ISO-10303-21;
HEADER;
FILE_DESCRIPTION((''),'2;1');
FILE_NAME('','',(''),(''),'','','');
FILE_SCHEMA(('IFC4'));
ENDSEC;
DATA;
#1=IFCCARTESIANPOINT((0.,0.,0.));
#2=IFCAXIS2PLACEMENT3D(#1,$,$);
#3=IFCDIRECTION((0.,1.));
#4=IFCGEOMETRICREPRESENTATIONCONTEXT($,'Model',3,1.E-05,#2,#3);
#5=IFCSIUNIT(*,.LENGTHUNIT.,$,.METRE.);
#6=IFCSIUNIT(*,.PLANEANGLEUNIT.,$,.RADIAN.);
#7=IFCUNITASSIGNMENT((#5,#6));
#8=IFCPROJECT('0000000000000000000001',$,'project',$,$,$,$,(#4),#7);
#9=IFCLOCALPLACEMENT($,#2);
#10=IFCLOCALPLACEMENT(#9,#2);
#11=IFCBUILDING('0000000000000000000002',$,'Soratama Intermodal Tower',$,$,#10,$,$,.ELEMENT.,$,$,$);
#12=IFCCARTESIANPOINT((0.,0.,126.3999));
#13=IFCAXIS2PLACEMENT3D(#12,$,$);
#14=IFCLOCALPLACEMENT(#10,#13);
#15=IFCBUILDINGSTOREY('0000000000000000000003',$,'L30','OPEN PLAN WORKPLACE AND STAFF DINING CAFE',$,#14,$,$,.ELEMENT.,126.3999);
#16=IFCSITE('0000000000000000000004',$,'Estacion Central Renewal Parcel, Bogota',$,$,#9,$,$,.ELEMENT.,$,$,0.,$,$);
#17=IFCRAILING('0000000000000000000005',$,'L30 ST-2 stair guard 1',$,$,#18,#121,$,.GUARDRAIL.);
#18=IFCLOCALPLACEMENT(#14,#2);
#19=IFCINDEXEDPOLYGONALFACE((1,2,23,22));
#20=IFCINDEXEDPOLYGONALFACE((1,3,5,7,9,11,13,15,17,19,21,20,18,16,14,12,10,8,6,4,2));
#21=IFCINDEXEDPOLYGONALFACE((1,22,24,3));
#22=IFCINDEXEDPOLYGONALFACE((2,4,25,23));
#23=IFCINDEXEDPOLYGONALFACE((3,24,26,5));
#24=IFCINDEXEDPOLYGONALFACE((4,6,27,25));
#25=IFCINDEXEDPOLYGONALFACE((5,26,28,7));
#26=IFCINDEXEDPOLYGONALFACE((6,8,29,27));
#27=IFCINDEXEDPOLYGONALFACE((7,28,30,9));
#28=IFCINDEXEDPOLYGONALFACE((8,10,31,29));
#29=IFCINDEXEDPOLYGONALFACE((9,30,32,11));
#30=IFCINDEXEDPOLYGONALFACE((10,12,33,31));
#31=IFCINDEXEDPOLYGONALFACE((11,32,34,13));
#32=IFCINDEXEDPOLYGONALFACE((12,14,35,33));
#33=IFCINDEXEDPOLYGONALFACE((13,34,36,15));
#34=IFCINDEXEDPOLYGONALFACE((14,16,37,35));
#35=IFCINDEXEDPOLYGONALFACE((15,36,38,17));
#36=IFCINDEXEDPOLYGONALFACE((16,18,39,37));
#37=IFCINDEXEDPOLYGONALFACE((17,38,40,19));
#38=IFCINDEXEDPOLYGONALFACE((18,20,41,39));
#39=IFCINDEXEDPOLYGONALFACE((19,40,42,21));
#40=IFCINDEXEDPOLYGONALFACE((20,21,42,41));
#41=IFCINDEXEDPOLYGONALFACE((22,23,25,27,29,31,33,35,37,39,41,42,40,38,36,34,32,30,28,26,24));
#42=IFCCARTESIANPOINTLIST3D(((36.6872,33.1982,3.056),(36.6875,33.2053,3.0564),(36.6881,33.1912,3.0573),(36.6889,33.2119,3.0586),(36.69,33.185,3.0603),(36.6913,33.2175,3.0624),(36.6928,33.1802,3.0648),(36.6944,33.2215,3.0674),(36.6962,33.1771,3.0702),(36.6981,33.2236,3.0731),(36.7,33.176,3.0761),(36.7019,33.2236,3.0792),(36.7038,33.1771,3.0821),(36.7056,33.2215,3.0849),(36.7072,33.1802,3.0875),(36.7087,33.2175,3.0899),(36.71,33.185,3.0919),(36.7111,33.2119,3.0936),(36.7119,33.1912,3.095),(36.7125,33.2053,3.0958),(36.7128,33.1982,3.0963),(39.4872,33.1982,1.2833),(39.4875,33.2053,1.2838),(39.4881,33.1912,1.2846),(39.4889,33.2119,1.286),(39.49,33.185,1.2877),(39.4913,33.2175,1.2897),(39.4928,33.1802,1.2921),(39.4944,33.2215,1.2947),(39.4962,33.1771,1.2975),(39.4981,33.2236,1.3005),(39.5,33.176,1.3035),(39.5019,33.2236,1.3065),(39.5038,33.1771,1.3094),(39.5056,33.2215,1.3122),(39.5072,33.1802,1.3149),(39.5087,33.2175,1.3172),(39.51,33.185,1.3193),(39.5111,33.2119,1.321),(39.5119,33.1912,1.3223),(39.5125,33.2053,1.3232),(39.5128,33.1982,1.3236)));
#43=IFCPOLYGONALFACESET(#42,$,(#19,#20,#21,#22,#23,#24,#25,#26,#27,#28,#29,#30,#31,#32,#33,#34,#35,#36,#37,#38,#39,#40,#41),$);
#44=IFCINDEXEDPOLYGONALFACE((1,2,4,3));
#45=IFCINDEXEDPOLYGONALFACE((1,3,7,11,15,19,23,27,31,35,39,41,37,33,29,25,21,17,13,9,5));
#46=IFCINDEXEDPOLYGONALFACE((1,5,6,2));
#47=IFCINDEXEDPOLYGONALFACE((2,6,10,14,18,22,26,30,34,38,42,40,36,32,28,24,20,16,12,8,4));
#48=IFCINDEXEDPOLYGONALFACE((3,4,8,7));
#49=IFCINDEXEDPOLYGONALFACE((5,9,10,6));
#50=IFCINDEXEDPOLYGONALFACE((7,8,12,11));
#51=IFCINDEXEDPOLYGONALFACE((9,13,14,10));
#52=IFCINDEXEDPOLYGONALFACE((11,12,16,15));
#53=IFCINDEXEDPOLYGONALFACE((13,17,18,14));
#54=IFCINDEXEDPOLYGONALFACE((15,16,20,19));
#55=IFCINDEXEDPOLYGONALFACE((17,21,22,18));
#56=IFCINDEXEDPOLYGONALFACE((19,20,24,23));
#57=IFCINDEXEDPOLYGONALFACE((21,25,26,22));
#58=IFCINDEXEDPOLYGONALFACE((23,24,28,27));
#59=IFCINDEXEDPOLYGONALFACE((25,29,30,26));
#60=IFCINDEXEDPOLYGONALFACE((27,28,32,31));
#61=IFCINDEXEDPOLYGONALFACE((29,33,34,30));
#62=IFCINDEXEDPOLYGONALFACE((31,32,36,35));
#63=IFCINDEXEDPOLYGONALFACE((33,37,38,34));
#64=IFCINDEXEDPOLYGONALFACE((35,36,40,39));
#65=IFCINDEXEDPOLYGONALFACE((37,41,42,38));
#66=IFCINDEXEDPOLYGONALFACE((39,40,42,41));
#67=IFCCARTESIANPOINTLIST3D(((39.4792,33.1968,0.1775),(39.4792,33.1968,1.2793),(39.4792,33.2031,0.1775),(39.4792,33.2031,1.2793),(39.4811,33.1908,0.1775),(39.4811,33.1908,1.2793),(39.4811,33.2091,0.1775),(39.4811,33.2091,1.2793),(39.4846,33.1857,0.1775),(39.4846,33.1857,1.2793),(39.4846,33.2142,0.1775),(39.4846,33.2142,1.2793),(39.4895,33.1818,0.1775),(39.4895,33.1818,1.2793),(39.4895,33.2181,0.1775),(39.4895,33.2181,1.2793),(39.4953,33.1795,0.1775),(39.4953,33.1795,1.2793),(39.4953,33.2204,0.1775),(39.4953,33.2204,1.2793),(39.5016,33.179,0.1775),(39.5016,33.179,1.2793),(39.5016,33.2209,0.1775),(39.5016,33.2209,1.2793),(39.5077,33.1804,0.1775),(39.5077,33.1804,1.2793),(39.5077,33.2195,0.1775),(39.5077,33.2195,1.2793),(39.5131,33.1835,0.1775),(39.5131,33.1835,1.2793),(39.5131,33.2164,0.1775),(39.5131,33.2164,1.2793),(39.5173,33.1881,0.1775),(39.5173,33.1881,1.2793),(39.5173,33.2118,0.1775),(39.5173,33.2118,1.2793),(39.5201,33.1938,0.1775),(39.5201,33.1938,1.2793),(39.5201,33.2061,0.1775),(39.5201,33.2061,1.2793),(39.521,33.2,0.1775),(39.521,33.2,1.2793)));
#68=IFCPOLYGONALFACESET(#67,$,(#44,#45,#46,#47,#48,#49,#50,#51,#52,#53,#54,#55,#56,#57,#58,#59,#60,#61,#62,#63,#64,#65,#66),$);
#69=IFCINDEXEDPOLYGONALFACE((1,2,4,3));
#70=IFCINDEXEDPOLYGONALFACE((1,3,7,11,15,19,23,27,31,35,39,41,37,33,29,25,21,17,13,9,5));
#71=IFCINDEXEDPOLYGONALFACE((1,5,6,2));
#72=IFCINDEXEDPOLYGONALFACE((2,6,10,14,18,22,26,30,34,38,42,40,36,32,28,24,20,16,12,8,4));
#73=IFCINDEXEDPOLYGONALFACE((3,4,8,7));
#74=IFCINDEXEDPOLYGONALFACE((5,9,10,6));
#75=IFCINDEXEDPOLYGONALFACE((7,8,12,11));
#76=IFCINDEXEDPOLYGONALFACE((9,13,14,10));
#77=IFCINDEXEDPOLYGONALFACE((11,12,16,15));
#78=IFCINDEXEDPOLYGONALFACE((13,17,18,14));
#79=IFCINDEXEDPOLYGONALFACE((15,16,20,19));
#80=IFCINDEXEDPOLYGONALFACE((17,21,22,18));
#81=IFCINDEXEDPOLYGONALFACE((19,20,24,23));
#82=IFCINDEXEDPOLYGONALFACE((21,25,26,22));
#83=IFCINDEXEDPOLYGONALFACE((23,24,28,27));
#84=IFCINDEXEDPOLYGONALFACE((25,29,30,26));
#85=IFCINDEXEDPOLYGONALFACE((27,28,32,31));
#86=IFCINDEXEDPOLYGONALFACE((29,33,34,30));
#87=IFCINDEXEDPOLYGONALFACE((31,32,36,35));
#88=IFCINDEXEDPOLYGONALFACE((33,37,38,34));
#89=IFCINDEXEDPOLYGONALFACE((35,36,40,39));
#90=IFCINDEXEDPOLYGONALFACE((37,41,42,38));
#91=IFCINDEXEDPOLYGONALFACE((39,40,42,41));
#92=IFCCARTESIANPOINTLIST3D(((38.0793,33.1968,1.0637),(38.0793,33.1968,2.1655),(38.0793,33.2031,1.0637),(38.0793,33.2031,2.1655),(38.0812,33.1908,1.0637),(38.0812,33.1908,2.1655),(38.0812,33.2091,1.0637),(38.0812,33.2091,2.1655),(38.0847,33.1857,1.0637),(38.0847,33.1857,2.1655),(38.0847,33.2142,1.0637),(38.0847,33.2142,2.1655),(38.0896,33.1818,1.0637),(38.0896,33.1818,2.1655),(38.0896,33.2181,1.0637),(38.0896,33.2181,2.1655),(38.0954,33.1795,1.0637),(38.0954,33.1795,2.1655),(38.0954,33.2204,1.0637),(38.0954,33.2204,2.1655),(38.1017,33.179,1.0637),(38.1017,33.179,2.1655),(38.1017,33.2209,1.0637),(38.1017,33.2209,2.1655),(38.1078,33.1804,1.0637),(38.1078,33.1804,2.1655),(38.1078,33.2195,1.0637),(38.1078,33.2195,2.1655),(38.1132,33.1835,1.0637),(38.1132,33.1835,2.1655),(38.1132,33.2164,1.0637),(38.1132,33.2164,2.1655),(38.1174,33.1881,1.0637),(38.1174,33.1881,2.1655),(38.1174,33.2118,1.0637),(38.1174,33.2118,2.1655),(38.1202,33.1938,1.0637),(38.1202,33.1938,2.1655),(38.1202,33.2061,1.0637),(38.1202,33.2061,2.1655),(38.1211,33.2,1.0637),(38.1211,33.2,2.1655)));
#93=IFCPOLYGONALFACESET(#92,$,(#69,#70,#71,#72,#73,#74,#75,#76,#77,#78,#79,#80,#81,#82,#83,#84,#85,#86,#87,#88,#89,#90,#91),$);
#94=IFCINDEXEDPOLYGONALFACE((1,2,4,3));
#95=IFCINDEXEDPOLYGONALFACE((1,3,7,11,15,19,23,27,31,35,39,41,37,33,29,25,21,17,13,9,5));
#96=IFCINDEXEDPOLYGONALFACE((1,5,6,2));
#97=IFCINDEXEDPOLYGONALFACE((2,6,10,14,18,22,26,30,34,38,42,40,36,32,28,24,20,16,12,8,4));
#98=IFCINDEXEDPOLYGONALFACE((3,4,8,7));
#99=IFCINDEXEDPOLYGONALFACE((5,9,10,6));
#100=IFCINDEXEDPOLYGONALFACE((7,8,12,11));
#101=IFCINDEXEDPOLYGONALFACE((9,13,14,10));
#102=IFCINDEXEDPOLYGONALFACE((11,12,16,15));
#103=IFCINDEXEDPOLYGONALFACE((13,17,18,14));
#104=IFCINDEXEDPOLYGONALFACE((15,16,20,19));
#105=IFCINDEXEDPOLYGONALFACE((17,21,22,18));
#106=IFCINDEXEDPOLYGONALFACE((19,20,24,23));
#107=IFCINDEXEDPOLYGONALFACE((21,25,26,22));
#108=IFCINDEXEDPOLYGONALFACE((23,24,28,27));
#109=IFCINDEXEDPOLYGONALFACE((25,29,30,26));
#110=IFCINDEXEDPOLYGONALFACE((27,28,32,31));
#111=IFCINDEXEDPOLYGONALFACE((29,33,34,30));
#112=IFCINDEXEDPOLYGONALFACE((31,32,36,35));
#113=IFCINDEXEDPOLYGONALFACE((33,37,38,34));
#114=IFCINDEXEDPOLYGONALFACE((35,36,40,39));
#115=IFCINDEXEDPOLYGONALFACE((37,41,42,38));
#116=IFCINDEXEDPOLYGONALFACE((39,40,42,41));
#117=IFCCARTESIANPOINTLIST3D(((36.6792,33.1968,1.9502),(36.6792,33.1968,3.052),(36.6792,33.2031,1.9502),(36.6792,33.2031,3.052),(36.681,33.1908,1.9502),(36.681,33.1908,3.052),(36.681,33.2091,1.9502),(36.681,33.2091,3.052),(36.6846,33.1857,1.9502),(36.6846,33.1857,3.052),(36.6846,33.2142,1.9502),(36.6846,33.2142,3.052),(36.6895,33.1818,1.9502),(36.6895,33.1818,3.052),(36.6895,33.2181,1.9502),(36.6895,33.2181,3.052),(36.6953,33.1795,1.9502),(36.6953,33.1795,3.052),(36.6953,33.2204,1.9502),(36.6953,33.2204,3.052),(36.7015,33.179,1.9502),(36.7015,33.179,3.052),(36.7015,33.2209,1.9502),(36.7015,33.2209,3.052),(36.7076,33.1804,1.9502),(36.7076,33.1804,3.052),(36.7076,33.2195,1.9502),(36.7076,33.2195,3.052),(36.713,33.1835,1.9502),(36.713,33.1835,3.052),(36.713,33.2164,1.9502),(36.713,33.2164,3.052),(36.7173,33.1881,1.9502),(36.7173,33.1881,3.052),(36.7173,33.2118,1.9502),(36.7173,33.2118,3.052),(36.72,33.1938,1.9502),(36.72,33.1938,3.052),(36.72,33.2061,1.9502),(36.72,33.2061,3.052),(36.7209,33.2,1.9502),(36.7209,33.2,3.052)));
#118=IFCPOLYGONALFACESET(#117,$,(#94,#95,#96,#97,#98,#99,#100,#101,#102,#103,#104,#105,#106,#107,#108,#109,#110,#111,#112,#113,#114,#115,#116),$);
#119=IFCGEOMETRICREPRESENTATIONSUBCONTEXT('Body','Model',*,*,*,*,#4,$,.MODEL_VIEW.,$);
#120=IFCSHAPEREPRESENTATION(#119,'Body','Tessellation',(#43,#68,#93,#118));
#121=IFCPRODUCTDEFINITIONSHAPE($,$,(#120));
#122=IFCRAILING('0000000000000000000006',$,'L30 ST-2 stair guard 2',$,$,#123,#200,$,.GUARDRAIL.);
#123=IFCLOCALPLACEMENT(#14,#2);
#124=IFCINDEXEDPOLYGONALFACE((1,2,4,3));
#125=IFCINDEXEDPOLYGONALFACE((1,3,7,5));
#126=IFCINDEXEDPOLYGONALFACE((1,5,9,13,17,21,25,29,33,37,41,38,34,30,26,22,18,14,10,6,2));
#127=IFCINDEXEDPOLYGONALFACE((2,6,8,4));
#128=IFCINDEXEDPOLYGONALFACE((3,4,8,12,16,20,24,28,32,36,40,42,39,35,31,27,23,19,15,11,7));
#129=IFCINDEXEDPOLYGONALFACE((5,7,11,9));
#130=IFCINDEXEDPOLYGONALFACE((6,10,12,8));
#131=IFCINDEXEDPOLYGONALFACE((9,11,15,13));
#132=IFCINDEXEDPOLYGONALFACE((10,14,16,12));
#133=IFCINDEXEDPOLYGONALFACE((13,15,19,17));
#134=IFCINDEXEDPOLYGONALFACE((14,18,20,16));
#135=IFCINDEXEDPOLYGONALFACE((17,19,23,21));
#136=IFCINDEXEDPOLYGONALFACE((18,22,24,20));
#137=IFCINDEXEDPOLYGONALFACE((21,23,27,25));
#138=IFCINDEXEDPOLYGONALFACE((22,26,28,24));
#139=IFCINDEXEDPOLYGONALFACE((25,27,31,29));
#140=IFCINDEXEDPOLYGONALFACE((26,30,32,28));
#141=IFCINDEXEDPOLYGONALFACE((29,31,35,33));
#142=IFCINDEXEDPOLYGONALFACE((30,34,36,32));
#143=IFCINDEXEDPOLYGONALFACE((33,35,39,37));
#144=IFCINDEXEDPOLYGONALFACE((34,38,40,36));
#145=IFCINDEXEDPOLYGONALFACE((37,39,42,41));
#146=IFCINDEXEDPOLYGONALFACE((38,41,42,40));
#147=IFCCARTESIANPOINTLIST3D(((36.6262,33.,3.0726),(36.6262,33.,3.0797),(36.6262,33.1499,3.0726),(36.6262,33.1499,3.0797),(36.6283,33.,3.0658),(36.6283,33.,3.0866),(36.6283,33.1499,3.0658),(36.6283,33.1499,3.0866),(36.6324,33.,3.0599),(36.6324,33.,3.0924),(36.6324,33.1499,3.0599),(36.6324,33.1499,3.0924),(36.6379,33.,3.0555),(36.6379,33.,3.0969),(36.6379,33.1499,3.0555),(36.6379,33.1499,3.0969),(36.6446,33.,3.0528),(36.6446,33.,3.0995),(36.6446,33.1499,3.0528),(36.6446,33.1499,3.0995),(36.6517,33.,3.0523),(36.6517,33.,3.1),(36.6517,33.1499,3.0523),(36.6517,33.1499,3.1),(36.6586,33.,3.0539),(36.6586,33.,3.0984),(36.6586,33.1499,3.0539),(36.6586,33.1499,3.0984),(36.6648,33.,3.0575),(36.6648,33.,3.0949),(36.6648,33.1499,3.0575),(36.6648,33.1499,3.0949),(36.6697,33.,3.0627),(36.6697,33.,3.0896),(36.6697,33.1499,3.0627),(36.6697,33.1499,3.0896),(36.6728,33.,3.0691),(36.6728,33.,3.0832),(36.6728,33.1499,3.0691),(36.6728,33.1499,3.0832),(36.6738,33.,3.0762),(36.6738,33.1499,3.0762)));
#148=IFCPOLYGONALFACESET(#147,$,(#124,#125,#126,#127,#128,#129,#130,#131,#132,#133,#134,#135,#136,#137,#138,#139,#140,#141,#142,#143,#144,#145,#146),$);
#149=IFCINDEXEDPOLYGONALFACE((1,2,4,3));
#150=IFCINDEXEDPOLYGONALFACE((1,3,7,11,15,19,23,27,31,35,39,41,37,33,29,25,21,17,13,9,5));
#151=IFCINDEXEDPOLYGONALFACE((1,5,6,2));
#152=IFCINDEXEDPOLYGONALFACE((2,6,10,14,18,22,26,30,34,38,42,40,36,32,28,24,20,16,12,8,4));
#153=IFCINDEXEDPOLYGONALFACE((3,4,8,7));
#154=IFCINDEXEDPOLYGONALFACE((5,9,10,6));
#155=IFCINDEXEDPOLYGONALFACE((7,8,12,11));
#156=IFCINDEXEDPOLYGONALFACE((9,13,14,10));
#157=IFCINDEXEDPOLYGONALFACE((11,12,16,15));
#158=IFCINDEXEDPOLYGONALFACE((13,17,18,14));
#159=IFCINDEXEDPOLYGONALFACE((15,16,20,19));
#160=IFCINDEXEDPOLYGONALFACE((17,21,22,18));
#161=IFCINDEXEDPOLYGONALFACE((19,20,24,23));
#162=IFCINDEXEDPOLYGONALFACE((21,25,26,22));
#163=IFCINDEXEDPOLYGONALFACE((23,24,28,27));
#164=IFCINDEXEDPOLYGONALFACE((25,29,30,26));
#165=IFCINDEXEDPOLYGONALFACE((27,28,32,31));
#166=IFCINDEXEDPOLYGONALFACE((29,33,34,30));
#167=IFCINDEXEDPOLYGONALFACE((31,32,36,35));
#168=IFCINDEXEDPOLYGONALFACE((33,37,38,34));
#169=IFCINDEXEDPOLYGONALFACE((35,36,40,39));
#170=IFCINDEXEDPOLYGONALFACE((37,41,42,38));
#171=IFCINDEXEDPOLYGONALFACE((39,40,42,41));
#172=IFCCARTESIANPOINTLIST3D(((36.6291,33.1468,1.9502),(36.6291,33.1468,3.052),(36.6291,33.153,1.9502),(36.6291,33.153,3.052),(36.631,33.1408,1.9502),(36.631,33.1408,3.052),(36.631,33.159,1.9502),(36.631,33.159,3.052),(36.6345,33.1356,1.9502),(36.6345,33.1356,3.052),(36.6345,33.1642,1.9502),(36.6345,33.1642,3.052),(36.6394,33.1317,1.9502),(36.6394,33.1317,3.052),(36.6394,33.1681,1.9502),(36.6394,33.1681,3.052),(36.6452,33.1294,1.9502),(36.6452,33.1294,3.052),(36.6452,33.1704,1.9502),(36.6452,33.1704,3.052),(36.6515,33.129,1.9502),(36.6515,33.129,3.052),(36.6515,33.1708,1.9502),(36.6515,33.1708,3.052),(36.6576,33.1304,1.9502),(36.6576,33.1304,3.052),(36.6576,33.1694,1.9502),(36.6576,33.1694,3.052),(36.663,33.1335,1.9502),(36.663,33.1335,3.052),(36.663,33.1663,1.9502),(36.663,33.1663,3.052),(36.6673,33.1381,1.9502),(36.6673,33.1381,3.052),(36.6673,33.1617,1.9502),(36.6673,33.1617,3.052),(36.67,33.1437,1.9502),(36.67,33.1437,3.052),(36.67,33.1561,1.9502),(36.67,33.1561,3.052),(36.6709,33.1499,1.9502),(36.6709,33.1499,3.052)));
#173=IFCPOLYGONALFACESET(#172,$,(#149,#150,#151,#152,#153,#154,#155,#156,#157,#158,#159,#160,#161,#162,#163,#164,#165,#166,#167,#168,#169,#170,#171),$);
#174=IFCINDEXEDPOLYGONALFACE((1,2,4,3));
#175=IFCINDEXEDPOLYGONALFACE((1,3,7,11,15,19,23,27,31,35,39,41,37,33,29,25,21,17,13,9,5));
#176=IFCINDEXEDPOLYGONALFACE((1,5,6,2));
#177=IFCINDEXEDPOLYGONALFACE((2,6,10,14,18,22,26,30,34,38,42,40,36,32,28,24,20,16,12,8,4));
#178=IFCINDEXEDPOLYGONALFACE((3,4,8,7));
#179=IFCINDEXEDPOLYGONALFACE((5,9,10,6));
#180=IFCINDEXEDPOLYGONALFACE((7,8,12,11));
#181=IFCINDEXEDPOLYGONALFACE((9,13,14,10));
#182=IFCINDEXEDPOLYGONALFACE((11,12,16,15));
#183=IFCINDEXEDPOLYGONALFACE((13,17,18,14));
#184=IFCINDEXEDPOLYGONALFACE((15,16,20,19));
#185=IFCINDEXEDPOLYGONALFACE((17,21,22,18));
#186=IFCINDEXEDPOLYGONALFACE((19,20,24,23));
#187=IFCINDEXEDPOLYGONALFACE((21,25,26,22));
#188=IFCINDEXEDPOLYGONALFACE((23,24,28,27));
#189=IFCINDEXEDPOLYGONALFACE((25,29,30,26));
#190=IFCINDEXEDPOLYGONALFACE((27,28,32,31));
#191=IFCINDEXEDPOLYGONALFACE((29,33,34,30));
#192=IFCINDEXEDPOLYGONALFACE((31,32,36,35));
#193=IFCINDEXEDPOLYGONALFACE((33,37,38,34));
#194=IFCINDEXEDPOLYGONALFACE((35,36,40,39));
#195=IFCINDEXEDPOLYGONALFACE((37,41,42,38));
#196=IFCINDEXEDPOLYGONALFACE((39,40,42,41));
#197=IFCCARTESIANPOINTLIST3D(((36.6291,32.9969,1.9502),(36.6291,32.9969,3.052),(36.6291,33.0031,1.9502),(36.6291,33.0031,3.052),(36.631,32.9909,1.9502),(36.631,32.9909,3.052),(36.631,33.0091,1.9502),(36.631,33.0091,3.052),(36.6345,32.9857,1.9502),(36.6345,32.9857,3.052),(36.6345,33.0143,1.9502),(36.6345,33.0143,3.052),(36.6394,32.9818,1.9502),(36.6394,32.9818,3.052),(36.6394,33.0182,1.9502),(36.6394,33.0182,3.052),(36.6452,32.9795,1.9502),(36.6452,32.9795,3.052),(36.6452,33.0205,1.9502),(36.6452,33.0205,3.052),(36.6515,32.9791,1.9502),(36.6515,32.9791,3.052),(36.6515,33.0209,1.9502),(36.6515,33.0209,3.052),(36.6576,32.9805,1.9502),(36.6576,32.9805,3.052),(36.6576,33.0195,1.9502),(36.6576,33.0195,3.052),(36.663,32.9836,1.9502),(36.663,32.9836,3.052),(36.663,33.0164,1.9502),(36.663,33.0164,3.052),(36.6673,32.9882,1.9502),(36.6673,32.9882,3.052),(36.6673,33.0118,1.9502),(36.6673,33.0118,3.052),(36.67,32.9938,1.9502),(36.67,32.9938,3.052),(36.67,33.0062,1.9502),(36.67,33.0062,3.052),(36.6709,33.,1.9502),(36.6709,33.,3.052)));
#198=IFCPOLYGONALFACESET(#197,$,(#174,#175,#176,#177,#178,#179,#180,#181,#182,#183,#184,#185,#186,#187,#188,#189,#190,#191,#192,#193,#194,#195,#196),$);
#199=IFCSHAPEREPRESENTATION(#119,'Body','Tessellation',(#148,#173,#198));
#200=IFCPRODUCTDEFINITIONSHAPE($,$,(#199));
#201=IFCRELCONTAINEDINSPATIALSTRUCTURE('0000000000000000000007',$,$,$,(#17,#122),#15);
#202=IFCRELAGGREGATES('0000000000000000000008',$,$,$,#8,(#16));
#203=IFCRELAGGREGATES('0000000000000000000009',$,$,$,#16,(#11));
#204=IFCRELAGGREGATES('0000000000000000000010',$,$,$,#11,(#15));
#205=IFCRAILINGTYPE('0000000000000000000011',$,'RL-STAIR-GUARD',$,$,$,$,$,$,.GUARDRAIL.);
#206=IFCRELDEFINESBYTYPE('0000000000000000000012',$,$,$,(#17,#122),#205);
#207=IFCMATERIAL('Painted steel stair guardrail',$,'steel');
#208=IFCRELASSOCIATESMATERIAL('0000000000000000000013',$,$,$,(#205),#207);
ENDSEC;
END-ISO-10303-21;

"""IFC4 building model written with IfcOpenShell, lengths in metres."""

from ifc_helpers import new_model, si_unit, direction, frame, origin, origin_2d, place, context, subcontext, project, spatial, circle, extrude, material, type_object, element, save


model = new_model("IFC4")

# Units and contexts
model_context = context("Model", 3, precision=1e-05, world=origin(), true_north=direction((0.0, 1.0)))
body_context = subcontext(model_context, "Body", "Model", "MODEL_VIEW")
ifc_project = project(units=[si_unit("LENGTHUNIT", "METRE"), si_unit("PLANEANGLEUNIT", "RADIAN")], contexts=[model_context])

# Site, building, storey
site_placement = place(None, origin())
site = spatial("IfcSite", under=ifc_project, at=site_placement, Name="Estacion Central Renewal Parcel, Bogota", CompositionType="ELEMENT", RefElevation=0.0)
building_placement = place(site_placement, origin())
building = spatial("IfcBuilding", under=site, at=building_placement, Name="Soratama Intermodal Tower", CompositionType="ELEMENT")
storey_placement = place(building_placement, frame((0.0, 0.0, 126.3999)))
storey = spatial("IfcBuildingStorey", under=building, at=storey_placement, Name="L30", Description="OPEN PLAN WORKPLACE AND STAFF DINING CAFE", CompositionType="ELEMENT", Elevation=126.3999)

# Railings
ifc_material_1 = material(Name="Painted steel stair guardrail", Category="steel")
railing_type_1 = type_object("IfcRailingType", Name="RL-STAIR-GUARD", PredefinedType="GUARDRAIL", material=ifc_material_1)
railing_1_placement = place(storey_placement, frame((39.5, 33.2, 0.1775)))
element("IfcRailing", 1, at=railing_1_placement, inside=storey, type_object=railing_type_1, Name="L30 ST-2 stair guard 1", PredefinedType="GUARDRAIL", context=body_context, shape_type="SweptSolid", body=[
    extrude(circle(Radius=0.0239, at=origin_2d()), frame((0.0, 0.0, 1.126), z_axis=(-0.844909, 0.0, 0.53491), x_axis=(0.0, -1.0, 0.0)), (0.0, 0.0, 1.0), 3.314),
    extrude(circle(Radius=0.021, at=origin_2d()), origin(), (0.0, 0.0, 1.0), 1.1018),
    extrude(circle(Radius=0.021, at=origin_2d()), frame((-1.3999, 0.0, 0.8862)), (0.0, 0.0, 1.0), 1.1018),
    extrude(circle(Radius=0.021, at=origin_2d()), frame((-2.8, 0.0, 1.7727)), (0.0, 0.0, 1.0), 1.1018),
])
railing_2_placement = place(storey_placement, frame((36.6499, 33.1499, 1.9502)))
element("IfcRailing", 2, at=railing_2_placement, inside=storey, type_object=railing_type_1, Name="L30 ST-2 stair guard 2", PredefinedType="GUARDRAIL", context=body_context, shape_type="SweptSolid", body=[
    extrude(circle(Radius=0.0239, at=origin_2d()), frame((0.0, 0.0, 1.126), z_axis=(0.0, -1.0, 0.0), x_axis=(1.0, 0.0, 0.0)), (0.0, 0.0, 1.0), 0.1499),
    extrude(circle(Radius=0.021, at=origin_2d()), origin(), (0.0, 0.0, 1.0), 1.1018),
    extrude(circle(Radius=0.021, at=origin_2d()), frame((0.0, -0.1499, 0.0)), (0.0, 0.0, 1.0), 1.1018),
])

save(model, "model.ifc")
